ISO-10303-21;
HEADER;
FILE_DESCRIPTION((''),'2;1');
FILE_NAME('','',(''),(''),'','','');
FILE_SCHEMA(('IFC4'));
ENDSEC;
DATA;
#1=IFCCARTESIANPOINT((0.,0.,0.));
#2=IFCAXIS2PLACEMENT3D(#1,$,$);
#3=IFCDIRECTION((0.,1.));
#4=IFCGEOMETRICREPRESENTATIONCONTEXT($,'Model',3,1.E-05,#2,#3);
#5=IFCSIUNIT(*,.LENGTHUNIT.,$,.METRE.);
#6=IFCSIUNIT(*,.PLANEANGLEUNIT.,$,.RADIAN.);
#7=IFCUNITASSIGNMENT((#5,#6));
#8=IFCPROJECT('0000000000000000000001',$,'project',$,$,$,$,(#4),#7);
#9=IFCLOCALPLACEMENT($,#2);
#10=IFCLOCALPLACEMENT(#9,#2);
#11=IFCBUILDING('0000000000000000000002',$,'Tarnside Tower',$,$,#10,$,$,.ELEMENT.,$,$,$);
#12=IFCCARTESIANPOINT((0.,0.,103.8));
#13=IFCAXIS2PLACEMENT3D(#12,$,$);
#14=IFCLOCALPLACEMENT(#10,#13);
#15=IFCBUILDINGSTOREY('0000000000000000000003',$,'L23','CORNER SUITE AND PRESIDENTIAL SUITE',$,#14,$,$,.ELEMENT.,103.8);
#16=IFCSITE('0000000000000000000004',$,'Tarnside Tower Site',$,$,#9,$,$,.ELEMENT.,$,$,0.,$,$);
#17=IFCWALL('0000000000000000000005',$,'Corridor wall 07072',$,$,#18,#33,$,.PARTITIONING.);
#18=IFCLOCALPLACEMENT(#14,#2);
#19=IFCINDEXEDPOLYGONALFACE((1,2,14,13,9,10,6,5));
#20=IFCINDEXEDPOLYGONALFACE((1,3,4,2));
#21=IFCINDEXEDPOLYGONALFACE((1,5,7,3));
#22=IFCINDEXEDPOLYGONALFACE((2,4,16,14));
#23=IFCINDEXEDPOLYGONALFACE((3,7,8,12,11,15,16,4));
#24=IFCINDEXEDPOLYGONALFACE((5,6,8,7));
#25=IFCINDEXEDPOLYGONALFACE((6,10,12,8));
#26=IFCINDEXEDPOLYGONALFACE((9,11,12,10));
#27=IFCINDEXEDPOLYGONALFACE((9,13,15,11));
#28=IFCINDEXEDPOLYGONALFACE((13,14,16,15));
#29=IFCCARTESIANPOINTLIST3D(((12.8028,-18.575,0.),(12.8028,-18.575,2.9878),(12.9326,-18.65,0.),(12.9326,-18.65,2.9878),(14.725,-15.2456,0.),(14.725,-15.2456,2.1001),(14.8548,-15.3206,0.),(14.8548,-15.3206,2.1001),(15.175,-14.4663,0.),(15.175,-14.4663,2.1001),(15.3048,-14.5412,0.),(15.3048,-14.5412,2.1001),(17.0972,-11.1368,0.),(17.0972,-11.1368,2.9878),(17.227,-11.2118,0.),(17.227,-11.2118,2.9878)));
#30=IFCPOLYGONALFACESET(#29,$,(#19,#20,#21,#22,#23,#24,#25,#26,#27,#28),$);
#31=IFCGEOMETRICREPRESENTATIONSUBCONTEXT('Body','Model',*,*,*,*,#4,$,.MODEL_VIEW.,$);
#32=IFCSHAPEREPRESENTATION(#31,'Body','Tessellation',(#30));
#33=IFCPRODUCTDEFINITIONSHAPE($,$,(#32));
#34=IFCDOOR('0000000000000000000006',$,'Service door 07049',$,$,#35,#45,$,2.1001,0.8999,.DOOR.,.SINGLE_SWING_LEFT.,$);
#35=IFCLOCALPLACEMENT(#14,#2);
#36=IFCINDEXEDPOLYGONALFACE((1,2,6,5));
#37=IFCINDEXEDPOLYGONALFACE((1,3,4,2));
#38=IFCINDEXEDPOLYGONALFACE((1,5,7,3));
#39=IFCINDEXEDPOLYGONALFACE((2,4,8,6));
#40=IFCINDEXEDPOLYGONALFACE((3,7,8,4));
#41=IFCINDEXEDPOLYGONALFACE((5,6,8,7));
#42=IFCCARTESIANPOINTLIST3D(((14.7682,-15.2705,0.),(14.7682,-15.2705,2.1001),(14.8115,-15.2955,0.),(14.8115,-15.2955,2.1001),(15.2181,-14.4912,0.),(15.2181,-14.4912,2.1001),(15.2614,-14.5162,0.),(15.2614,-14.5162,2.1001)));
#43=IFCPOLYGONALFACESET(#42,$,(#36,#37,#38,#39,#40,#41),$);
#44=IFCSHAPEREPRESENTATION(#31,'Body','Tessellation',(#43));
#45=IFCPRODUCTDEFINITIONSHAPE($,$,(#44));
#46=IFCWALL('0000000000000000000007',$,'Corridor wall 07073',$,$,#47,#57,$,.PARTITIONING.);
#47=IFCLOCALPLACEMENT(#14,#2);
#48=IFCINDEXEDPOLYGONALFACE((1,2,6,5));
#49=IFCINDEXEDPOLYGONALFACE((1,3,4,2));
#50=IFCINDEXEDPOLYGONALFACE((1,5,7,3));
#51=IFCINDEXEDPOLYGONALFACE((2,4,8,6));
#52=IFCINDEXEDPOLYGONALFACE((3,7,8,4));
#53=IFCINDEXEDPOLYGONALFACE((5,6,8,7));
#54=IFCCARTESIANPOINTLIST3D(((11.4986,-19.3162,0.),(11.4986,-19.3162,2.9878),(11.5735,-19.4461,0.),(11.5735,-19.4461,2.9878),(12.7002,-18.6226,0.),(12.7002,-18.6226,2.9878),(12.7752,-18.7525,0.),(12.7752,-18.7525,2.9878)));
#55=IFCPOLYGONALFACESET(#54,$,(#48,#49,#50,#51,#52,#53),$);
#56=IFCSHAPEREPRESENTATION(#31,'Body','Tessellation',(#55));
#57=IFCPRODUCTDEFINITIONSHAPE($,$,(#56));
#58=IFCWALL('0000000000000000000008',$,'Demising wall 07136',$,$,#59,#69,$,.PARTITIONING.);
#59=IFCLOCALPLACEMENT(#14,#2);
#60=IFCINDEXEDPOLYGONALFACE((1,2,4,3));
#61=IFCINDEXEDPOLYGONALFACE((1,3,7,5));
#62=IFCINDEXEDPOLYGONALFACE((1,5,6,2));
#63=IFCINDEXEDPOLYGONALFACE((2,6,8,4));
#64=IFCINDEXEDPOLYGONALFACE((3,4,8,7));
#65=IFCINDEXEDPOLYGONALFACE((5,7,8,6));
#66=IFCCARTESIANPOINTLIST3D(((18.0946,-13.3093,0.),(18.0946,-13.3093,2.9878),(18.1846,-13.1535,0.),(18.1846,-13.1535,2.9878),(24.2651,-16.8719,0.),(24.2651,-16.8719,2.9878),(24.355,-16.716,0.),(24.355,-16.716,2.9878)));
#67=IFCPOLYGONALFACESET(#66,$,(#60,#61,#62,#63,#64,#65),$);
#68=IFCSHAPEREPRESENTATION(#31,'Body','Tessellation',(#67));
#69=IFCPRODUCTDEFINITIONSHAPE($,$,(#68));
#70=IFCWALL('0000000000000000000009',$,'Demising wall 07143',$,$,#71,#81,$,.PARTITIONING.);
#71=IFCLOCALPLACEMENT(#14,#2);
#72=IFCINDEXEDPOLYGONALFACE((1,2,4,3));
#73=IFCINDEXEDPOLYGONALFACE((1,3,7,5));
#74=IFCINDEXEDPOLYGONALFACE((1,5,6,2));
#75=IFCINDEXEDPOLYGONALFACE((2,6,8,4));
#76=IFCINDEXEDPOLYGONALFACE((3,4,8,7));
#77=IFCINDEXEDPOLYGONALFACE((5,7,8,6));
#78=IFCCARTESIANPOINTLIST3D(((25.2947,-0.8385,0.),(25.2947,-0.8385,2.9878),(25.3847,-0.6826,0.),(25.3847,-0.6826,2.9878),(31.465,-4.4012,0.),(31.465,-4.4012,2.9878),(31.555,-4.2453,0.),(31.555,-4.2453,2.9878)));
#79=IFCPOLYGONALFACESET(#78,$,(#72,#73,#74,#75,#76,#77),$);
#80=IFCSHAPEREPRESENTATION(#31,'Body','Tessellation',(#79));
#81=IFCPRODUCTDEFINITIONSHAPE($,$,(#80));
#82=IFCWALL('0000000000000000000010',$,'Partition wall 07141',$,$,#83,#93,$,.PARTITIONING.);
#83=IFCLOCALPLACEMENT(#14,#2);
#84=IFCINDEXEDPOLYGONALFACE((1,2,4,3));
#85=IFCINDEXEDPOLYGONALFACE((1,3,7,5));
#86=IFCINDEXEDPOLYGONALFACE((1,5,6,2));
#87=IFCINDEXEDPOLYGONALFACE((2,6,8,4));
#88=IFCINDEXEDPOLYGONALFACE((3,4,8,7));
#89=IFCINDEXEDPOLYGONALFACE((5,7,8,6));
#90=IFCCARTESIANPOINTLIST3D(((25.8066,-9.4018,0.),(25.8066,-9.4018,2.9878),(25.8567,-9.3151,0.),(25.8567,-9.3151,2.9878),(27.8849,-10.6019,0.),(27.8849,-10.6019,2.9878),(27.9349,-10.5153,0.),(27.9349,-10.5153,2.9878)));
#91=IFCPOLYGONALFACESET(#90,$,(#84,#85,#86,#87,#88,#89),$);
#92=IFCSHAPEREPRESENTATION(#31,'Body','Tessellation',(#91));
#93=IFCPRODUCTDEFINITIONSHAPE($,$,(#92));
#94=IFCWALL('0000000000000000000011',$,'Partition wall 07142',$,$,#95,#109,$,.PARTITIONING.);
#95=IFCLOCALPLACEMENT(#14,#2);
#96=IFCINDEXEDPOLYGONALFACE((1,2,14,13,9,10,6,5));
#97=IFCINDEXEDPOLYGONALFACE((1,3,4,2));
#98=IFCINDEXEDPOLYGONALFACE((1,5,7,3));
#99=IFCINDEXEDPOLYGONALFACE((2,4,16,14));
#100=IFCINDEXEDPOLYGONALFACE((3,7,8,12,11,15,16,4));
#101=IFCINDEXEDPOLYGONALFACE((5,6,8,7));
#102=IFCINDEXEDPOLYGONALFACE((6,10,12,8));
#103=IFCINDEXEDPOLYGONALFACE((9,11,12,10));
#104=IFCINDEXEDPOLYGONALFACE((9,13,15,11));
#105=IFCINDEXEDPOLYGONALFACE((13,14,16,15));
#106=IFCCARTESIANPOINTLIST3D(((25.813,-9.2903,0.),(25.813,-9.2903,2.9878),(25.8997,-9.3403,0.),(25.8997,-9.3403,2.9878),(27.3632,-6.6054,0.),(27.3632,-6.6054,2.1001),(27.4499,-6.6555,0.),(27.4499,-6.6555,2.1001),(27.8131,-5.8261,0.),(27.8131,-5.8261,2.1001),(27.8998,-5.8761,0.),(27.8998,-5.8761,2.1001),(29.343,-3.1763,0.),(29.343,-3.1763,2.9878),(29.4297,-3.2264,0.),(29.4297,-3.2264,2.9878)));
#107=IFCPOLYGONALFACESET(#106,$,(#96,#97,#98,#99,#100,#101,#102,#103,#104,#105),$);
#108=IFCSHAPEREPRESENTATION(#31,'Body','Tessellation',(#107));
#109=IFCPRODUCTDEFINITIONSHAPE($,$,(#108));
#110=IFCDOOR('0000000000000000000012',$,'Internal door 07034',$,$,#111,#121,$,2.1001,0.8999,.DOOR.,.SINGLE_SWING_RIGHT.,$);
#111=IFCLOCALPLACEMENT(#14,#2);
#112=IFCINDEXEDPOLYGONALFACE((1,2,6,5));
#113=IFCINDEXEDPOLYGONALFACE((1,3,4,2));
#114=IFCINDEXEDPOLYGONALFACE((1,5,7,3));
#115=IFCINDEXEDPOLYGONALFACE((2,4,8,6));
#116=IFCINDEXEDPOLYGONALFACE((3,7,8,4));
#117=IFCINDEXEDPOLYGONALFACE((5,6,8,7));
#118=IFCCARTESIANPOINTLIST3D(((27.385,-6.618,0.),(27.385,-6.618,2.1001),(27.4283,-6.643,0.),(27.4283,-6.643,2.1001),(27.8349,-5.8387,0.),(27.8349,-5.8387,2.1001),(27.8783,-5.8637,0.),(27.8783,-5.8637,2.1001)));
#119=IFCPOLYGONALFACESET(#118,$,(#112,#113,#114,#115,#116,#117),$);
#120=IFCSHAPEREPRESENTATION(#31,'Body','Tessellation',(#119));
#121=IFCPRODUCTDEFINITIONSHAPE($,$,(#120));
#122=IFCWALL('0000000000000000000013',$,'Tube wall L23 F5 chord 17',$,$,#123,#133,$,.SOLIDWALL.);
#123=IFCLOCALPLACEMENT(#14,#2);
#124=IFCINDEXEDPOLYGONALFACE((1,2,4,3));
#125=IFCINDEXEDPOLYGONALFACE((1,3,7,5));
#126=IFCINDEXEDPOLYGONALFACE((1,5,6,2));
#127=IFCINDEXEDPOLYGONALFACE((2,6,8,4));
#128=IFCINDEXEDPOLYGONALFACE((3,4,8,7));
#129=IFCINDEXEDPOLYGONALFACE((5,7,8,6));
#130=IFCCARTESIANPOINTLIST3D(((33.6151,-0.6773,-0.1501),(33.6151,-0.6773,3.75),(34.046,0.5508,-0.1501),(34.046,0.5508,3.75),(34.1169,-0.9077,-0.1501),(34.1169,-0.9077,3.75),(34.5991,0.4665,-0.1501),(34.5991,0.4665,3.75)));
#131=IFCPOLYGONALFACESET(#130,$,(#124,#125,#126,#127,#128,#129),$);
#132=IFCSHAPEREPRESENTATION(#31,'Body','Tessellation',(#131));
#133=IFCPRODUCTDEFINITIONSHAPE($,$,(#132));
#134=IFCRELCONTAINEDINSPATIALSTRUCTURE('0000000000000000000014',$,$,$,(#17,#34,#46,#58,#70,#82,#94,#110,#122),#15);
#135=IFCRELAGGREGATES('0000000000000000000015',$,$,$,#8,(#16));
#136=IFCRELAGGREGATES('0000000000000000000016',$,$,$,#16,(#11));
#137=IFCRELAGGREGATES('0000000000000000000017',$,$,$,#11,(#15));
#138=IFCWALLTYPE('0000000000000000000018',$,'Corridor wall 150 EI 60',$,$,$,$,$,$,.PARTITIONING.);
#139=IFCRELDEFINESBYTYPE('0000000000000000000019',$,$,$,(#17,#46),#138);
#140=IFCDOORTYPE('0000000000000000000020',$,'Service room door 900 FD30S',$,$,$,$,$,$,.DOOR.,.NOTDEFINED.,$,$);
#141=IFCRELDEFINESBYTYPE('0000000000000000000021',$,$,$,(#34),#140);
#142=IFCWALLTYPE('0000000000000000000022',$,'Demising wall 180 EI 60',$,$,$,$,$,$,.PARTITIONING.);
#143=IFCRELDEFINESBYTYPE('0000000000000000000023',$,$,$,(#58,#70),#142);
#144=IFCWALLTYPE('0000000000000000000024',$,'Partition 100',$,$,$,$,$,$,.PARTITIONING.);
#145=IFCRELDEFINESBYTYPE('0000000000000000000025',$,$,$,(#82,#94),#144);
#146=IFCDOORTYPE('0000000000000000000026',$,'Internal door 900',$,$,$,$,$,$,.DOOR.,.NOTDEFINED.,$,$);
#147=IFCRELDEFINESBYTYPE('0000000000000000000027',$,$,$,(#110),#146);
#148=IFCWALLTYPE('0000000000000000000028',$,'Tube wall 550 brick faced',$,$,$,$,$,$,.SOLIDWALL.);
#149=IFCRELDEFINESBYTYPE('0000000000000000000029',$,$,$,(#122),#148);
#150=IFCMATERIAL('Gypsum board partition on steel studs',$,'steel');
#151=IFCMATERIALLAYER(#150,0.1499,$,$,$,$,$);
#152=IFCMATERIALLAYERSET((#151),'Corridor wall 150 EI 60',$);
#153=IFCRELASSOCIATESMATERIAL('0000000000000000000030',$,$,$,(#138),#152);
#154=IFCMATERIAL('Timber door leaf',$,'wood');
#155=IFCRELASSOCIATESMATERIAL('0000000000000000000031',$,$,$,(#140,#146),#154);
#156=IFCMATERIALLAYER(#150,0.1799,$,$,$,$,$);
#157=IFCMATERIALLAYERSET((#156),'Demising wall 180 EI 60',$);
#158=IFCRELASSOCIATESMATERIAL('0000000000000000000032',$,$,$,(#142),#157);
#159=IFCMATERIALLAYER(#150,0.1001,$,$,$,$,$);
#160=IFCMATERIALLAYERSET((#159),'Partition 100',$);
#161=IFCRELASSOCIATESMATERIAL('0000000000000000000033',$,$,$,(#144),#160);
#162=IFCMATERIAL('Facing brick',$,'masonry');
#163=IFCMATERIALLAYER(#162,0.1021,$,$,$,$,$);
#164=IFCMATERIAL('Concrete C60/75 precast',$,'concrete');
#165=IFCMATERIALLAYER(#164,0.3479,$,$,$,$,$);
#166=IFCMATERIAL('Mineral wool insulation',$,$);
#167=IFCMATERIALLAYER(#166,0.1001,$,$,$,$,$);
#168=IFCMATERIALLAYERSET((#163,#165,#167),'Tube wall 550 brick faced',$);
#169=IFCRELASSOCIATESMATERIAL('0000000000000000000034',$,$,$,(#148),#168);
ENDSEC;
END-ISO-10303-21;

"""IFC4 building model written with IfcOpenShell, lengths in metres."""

from ifc_helpers import new_model, si_unit, direction, frame, frame_2d, origin, place, context, subcontext, project, spatial, polyline, rectangle, outline, extrude, material, layer, layer_set, type_object, element, fill, save


model = new_model("IFC4")

# Units and contexts
model_context = context("Model", 3, precision=1e-05, world=origin(), true_north=direction((0.0, 1.0)))
body_context = subcontext(model_context, "Body", "Model", "MODEL_VIEW")
ifc_project = project(units=[si_unit("LENGTHUNIT", "METRE"), si_unit("PLANEANGLEUNIT", "RADIAN")], contexts=[model_context])

# Site, building, storey
site_placement = place(None, origin())
site = spatial("IfcSite", under=ifc_project, at=site_placement, Name="Tarnside Tower Site", CompositionType="ELEMENT", RefElevation=0.0)
building_placement = place(site_placement, origin())
building = spatial("IfcBuilding", under=site, at=building_placement, Name="Tarnside Tower", CompositionType="ELEMENT")
storey_placement = place(building_placement, frame((0.0, 0.0, 103.8)))
storey = spatial("IfcBuildingStorey", under=building, at=storey_placement, Name="L23", Description="CORNER SUITE AND PRESIDENTIAL SUITE", CompositionType="ELEMENT", Elevation=103.8)

# Shared definitions
ifc_material_1 = material(Name="Gypsum board partition on steel studs", Category="steel")
ifc_material_2 = material(Name="Timber door leaf", Category="wood")

# Shared definitions
ifc_layer_1 = layer(ifc_material_1, 0.1499)
ifc_layer_set_1 = layer_set([ifc_layer_1], Name="Corridor wall 150 EI 60")
wall_type_1 = type_object("IfcWallType", Name="Corridor wall 150 EI 60", PredefinedType="PARTITIONING", material=ifc_layer_set_1)

# Wall, opening, door
wall_1_placement = place(storey_placement, frame((17.1621, -11.1743, 0.0), z_axis=(0.0, 0.0, 1.0), x_axis=(-0.499997, -0.866027, 0.0)))
wall_1 = element("IfcWall", 1, at=wall_1_placement, inside=storey, type_object=wall_type_1, Name="Corridor wall 07072", PredefinedType="PARTITIONING", context=body_context, shape_type="SweptSolid", body=[
    extrude(rectangle(XDim=8.5889, YDim=0.1499, at=frame_2d((4.2944, 0.0))), origin(), (0.0, 0.0, 1.0), 2.9878),
])
opening_1_placement = place(wall_1_placement, frame((3.8445, 0.0, 0.0)))
opening_1 = element("IfcOpeningElement", 2, at=opening_1_placement, cuts=wall_1, PredefinedType="OPENING", context=body_context, shape_type="SweptSolid", body=[
    extrude(rectangle(XDim=0.8999, YDim=2.1001, at=frame_2d((0.45, 1.05))), frame((0.0, 0.085, 0.0), z_axis=(0.0, -1.0, 0.0), x_axis=(1.0, 0.0, 0.0)), (0.0, 0.0, 1.0), 0.1699),
])
door_type_1 = type_object("IfcDoorType", Name="Service room door 900 FD30S", OperationType="NOTDEFINED", PredefinedType="DOOR", material=ifc_material_2)
door_1_placement = place(opening_1_placement, origin())
door_1 = element("IfcDoor", 3, at=door_1_placement, inside=storey, type_object=door_type_1, Name="Service door 07049", OperationType="SINGLE_SWING_LEFT", OverallHeight=2.1001, OverallWidth=0.8999, PredefinedType="DOOR", context=body_context, shape_type="SweptSolid", body=[
    extrude(rectangle(XDim=0.8999, YDim=2.1001, at=frame_2d((0.45, 1.05))), frame((0.0, 0.0249, 0.0), z_axis=(0.0, -1.0, 0.0), x_axis=(1.0, 0.0, 0.0)), (0.0, 0.0, 1.0), 0.05),
])
fill(opening_1, door_1)

# Walls
wall_2_placement = place(storey_placement, frame((12.7378, -18.6875, 0.0), z_axis=(0.0, 0.0, 1.0), x_axis=(-0.86608, -0.499905, 0.0)))
element("IfcWall", 4, at=wall_2_placement, inside=storey, type_object=wall_type_1, Name="Corridor wall 07073", PredefinedType="PARTITIONING", context=body_context, shape_type="SweptSolid", body=[
    extrude(rectangle(XDim=1.3875, YDim=0.1499, at=frame_2d((0.6938, 0.0))), origin(), (0.0, 0.0, 1.0), 2.9878),
])
ifc_layer_2 = layer(ifc_material_1, 0.1799)
ifc_layer_set_2 = layer_set([ifc_layer_2], Name="Demising wall 180 EI 60")
wall_type_2 = type_object("IfcWallType", Name="Demising wall 180 EI 60", PredefinedType="PARTITIONING", material=ifc_layer_set_2)
for number, where, z_axis, x_axis, name in (
    (5, (24.3101, -16.7939, 0.0), (0.0, 0.0, 1.0), (-0.866025, 0.500001, 0.0), "Demising wall 07136"),
    (6, (31.51, -4.3232, 0.0), (0.0, 0.0, 1.0), (-0.86601, 0.500027, 0.0), "Demising wall 07143"),
):
    element("IfcWall", number, at=place(storey_placement, frame(where, z_axis=z_axis, x_axis=x_axis)), inside=storey, type_object=wall_type_2, Name=name, PredefinedType="PARTITIONING", context=body_context, shape_type="SweptSolid", body=[
        extrude(rectangle(XDim=7.125, YDim=0.1799, at=frame_2d((3.5625, 0.0))), origin(), (0.0, 0.0, 1.0), 2.9878),
    ])
ifc_layer_3 = layer(ifc_material_1, 0.1001)
ifc_layer_set_3 = layer_set([ifc_layer_3], Name="Partition 100")
wall_type_3 = type_object("IfcWallType", Name="Partition 100", PredefinedType="PARTITIONING", material=ifc_layer_set_3)
wall_3_placement = place(storey_placement, frame((27.9099, -10.5586, 0.0), z_axis=(0.0, 0.0, 1.0), x_axis=(-0.865981, 0.500078, 0.0)))
element("IfcWall", 7, at=wall_3_placement, inside=storey, type_object=wall_type_3, Name="Partition wall 07141", PredefinedType="PARTITIONING", context=body_context, shape_type="SweptSolid", body=[
    extrude(rectangle(XDim=2.3999, YDim=0.1001, at=frame_2d((1.2, 0.0))), origin(), (0.0, 0.0, 1.0), 2.9878),
])

# Wall, opening, door
wall_4_placement = place(storey_placement, frame((25.8564, -9.3152, 0.0), z_axis=(0.0, 0.0, 1.0), x_axis=(0.500011, 0.866019, 0.0)))
wall_4 = element("IfcWall", 8, at=wall_4_placement, inside=storey, type_object=wall_type_3, Name="Partition wall 07142", PredefinedType="PARTITIONING", context=body_context, shape_type="SweptSolid", body=[
    extrude(rectangle(XDim=7.0598, YDim=0.1001, at=frame_2d((3.5298, 0.0))), origin(), (0.0, 0.0, 1.0), 2.9878),
])
opening_2_placement = place(wall_4_placement, frame((3.1001, 0.0, 0.0)))
opening_2 = element("IfcOpeningElement", 9, at=opening_2_placement, cuts=wall_4, PredefinedType="OPENING", context=body_context, shape_type="SweptSolid", body=[
    extrude(rectangle(XDim=0.8999, YDim=2.1001, at=frame_2d((0.45, 1.05))), frame((0.0, 0.0601, 0.0), z_axis=(0.0, -1.0, 0.0), x_axis=(1.0, 0.0, 0.0)), (0.0, 0.0, 1.0), 0.1201),
])
door_type_2 = type_object("IfcDoorType", Name="Internal door 900", OperationType="NOTDEFINED", PredefinedType="DOOR", material=ifc_material_2)
door_2_placement = place(opening_2_placement, origin())
door_2 = element("IfcDoor", 10, at=door_2_placement, inside=storey, type_object=door_type_2, Name="Internal door 07034", OperationType="SINGLE_SWING_RIGHT", OverallHeight=2.1001, OverallWidth=0.8999, PredefinedType="DOOR", context=body_context, shape_type="SweptSolid", body=[
    extrude(rectangle(XDim=0.8999, YDim=2.1001, at=frame_2d((0.45, 1.05))), frame((0.0, 0.0249, 0.0), z_axis=(0.0, -1.0, 0.0), x_axis=(1.0, 0.0, 0.0)), (0.0, 0.0, 1.0), 0.05),
])
fill(opening_2, door_2)

# Wall
ifc_material_3 = material(Name="Facing brick", Category="masonry")
ifc_layer_4 = layer(ifc_material_3, 0.1021)
ifc_material_4 = material(Name="Concrete C60/75 precast", Category="concrete")
ifc_layer_5 = layer(ifc_material_4, 0.3479)
ifc_material_5 = material(Name="Mineral wool insulation")
ifc_layer_6 = layer(ifc_material_5, 0.1001)
ifc_layer_set_4 = layer_set([ifc_layer_4, ifc_layer_5, ifc_layer_6], Name="Tube wall 550 brick faced")
wall_type_4 = type_object("IfcWallType", Name="Tube wall 550 brick faced", PredefinedType="SOLIDWALL", material=ifc_layer_set_4)
wall_5_placement = place(storey_placement, frame((33.866, -0.7925, -0.1501), z_axis=(0.0, 0.0, 1.0), x_axis=(0.331115, 0.94359, 0.0)))
element("IfcWall", 11, at=wall_5_placement, inside=storey, type_object=wall_type_4, Name="Tube wall L23 F5 chord 17", PredefinedType="SOLIDWALL", context=body_context, shape_type="SweptSolid", body=[
    extrude(outline(polyline([(-0.0256, -0.2749), (1.4307, -0.2749), (1.3271, 0.2749), (0.0256, 0.2749), (-0.0256, -0.2749)])), origin(), (0.0, 0.0, 1.0), 3.9001),
])

save(model, "model.ifc")
